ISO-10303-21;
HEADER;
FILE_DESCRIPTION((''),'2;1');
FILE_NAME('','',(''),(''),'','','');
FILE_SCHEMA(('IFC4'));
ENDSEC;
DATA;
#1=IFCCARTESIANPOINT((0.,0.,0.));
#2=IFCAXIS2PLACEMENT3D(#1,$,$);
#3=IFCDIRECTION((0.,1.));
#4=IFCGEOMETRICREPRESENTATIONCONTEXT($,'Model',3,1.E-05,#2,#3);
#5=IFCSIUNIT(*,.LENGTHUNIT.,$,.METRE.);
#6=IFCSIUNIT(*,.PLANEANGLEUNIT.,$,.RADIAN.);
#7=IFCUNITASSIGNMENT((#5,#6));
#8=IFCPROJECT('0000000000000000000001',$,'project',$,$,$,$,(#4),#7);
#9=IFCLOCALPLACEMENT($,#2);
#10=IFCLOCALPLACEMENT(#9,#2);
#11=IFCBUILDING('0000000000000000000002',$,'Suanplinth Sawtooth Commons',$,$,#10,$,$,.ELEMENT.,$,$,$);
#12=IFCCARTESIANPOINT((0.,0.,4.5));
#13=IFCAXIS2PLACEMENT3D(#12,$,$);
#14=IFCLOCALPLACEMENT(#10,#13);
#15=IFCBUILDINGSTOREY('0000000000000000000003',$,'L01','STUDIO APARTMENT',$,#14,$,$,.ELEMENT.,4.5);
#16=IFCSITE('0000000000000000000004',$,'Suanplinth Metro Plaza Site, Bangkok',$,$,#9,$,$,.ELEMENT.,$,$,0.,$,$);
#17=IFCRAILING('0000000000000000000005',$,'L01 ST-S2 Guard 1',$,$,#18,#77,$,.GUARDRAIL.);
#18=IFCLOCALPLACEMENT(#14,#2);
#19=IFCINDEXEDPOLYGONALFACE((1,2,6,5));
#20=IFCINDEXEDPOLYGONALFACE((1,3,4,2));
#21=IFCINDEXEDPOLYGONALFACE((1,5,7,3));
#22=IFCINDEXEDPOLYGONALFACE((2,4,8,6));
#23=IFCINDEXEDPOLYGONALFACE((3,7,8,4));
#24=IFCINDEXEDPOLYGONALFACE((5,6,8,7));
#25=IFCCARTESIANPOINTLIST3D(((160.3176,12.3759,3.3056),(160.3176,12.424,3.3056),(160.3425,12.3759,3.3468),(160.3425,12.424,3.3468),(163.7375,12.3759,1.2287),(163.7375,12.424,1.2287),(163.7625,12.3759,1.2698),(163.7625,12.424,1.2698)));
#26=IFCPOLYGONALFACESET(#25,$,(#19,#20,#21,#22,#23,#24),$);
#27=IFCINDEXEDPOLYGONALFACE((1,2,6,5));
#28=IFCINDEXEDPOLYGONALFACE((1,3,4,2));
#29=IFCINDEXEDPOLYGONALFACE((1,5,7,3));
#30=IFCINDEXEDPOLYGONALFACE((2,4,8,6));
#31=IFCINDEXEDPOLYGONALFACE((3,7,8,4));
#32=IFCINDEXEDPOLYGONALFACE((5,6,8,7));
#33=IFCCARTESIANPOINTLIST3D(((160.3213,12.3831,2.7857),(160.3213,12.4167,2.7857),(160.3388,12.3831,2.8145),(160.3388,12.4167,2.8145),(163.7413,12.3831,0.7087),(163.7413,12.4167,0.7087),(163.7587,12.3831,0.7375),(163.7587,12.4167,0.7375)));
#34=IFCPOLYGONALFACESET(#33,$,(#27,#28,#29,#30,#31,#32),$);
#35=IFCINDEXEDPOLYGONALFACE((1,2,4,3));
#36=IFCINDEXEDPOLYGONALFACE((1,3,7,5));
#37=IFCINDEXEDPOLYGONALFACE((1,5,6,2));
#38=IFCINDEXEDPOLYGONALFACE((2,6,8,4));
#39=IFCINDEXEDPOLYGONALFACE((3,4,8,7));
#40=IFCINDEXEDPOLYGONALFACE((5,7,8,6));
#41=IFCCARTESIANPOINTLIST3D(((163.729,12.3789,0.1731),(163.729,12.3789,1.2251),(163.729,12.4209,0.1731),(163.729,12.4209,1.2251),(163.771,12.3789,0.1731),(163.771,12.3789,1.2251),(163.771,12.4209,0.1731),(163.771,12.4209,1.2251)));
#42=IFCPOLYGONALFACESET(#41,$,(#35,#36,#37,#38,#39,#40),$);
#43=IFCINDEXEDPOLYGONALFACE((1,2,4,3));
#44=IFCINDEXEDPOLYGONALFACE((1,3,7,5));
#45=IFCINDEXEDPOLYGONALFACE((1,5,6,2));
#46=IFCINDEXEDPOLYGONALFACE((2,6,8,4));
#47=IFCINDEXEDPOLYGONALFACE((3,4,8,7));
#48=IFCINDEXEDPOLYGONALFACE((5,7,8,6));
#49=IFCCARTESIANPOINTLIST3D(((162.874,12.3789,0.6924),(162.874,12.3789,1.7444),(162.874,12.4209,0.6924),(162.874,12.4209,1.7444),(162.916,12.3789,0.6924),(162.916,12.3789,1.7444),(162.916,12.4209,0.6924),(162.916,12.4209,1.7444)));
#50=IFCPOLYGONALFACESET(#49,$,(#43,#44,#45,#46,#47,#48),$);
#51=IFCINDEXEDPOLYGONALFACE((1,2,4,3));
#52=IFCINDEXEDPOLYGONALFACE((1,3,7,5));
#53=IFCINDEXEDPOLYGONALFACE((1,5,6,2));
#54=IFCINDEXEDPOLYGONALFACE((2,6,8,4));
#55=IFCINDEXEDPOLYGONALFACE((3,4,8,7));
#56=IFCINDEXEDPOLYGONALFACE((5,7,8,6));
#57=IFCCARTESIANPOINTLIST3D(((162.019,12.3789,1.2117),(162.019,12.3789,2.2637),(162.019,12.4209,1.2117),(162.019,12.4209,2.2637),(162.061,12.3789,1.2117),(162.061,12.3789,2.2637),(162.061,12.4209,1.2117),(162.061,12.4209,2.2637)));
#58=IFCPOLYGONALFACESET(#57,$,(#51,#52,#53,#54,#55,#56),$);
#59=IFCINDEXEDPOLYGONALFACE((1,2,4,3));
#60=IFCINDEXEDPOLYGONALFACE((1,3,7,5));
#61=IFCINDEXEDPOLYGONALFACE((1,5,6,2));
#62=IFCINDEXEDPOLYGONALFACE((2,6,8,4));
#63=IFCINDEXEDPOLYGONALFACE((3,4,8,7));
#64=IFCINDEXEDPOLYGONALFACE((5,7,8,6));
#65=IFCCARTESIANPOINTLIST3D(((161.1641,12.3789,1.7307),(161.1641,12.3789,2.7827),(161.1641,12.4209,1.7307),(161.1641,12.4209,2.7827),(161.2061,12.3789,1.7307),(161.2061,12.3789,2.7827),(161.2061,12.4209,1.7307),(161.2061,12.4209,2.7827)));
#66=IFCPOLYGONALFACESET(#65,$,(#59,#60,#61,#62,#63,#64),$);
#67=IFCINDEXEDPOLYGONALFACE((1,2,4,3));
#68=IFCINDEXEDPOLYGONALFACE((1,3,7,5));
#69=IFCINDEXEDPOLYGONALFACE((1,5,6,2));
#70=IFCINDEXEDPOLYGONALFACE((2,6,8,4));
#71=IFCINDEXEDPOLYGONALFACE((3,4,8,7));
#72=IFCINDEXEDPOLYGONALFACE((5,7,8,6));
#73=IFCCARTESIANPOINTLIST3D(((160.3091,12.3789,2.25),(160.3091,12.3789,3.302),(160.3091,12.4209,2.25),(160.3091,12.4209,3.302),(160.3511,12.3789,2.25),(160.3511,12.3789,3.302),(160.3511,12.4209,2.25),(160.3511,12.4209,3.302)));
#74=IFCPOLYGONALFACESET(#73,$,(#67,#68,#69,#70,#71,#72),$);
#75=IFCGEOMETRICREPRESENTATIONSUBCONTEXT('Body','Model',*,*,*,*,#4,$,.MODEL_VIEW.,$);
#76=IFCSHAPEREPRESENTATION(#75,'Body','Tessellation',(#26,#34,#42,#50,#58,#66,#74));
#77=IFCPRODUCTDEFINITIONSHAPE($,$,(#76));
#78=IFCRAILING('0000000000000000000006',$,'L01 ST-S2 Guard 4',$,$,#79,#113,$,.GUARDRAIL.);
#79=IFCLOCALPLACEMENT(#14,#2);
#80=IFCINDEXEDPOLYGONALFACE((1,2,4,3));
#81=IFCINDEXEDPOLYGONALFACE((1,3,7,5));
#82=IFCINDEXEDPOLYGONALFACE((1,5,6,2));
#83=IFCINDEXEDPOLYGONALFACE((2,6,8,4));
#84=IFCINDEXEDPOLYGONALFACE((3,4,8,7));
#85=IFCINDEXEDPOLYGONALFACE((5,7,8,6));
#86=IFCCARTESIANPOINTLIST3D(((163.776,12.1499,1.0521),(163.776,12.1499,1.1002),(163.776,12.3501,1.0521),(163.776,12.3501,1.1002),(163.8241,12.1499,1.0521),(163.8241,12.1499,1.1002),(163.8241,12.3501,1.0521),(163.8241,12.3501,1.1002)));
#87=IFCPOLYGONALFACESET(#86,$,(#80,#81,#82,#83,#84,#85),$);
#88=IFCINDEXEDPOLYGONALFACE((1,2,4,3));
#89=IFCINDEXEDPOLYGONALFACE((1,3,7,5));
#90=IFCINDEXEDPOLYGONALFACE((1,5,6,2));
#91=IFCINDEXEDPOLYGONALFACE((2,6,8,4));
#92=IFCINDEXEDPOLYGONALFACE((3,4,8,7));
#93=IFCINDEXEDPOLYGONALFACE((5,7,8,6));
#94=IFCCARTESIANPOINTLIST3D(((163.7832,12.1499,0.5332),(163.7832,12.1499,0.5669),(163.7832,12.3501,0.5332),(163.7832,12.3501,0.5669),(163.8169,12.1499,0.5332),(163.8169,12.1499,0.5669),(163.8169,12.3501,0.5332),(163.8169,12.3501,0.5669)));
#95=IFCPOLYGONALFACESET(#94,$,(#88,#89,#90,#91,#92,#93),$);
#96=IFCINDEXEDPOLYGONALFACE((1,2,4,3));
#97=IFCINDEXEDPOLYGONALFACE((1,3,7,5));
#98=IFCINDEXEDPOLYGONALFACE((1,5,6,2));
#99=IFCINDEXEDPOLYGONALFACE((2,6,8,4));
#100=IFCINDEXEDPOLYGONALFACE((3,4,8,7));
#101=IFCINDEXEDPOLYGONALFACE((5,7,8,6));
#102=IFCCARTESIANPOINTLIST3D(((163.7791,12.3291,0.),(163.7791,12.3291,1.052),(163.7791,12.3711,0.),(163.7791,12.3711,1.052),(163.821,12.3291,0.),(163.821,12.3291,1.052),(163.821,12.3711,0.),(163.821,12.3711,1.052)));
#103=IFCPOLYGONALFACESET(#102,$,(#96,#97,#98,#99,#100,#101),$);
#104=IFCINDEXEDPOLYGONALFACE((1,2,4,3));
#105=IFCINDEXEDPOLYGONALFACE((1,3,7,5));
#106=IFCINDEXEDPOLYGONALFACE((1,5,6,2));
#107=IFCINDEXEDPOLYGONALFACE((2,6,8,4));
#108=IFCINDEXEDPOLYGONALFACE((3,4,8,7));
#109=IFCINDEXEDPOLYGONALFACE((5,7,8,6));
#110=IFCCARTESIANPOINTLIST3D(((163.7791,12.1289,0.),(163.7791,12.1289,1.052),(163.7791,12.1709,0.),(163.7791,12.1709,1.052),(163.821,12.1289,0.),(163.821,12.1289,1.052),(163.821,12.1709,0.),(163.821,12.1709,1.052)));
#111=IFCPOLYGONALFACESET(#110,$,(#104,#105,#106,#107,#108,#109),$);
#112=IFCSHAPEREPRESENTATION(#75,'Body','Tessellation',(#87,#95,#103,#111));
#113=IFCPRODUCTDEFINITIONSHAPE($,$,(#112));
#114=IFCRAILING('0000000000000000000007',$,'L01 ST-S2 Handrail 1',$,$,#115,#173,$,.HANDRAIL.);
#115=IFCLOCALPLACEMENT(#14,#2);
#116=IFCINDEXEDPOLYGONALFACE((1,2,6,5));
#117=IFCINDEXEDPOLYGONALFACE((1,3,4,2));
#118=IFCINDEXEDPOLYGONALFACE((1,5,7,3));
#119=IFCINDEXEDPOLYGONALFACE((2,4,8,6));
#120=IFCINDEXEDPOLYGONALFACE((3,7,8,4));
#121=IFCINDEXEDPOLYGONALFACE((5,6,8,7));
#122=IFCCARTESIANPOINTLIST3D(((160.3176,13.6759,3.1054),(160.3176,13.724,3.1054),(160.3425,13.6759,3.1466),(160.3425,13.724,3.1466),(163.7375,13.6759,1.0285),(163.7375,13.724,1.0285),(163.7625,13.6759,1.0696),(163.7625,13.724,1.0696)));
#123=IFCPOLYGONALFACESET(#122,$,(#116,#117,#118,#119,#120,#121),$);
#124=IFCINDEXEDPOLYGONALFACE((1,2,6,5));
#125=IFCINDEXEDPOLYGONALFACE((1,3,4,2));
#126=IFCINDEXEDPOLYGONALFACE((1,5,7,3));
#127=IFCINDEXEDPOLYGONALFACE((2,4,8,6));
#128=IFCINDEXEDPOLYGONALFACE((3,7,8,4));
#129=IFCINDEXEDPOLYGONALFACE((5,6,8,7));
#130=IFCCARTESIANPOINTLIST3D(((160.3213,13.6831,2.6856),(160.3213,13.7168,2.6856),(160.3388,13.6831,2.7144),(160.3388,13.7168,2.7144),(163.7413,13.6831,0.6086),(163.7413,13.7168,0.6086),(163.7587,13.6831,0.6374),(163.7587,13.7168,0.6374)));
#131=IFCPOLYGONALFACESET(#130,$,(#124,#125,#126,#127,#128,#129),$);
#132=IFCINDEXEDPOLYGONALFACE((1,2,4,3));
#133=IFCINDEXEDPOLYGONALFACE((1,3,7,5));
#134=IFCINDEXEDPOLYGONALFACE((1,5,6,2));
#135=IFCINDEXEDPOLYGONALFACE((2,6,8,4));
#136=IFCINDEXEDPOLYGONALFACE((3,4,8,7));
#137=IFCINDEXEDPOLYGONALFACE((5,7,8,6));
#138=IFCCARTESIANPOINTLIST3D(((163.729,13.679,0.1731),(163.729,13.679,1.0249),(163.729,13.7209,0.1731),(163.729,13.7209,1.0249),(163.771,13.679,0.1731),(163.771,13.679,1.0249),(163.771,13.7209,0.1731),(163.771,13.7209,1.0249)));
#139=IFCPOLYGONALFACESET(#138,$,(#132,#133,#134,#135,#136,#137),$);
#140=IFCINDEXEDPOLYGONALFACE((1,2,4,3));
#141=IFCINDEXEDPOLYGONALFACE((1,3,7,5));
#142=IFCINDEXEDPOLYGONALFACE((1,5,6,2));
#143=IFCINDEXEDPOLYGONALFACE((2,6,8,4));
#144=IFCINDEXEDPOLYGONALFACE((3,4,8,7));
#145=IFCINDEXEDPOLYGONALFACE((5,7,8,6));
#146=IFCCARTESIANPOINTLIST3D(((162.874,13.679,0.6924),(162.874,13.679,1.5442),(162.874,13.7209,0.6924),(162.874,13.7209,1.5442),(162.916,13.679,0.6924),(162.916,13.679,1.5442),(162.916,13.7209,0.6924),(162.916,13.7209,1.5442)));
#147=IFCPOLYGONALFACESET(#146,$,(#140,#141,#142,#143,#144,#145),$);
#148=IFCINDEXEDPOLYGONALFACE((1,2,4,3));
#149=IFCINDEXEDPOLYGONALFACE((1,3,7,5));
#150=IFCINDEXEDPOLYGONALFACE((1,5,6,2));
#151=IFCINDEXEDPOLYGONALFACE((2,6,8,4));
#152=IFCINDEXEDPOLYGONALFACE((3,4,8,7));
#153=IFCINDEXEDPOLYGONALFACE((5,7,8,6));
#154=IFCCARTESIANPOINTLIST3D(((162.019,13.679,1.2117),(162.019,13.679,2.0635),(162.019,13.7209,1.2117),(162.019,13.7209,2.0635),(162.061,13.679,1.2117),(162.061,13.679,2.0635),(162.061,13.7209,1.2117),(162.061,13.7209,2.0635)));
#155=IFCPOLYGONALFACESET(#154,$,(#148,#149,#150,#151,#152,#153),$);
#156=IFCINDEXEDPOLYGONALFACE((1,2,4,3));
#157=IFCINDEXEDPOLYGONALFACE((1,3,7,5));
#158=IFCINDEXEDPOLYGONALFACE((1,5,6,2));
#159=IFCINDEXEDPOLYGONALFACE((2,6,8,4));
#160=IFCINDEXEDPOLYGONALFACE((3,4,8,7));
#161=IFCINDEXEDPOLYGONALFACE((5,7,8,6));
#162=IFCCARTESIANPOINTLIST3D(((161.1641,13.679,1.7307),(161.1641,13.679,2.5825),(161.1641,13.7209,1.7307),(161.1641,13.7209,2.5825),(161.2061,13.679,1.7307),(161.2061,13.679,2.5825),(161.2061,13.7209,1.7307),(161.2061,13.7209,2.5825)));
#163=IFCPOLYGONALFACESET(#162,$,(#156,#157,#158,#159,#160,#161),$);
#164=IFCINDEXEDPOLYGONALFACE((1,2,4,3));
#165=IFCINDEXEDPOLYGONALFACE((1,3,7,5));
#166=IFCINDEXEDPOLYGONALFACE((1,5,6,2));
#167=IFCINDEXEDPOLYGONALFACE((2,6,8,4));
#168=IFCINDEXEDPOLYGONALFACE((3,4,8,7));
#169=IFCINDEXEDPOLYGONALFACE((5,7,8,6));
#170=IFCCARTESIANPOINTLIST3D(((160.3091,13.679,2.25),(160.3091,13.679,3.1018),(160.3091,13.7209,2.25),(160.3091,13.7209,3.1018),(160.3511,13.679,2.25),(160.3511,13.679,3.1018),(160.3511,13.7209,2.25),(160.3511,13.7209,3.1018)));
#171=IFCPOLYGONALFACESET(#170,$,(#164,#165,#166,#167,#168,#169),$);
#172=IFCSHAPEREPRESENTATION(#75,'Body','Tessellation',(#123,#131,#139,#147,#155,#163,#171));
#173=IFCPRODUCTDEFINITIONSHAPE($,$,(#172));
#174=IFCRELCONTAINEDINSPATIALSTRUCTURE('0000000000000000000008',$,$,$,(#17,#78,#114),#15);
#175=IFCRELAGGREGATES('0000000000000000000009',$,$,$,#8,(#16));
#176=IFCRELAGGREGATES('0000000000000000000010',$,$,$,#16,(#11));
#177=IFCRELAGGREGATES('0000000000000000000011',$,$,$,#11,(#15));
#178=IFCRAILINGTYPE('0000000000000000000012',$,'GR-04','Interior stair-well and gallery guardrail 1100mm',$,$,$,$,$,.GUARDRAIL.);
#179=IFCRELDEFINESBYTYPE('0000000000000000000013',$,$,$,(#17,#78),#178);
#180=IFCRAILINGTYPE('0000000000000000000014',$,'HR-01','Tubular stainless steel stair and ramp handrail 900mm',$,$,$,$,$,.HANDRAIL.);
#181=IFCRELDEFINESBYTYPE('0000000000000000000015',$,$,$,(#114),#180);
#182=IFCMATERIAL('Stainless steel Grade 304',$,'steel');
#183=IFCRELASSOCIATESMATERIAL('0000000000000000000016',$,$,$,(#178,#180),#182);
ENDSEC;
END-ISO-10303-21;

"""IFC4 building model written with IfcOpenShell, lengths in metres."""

from ifc_helpers import new_model, si_unit, direction, frame, origin, origin_2d, place, context, subcontext, project, spatial, rectangle, extrude, material, type_object, element, save


model = new_model("IFC4")

# Units and contexts
model_context = context("Model", 3, precision=1e-05, world=origin(), true_north=direction((0.0, 1.0)))
body_context = subcontext(model_context, "Body", "Model", "MODEL_VIEW")
ifc_project = project(units=[si_unit("LENGTHUNIT", "METRE"), si_unit("PLANEANGLEUNIT", "RADIAN")], contexts=[model_context])

# Site, building, storey
site_placement = place(None, origin())
site = spatial("IfcSite", under=ifc_project, at=site_placement, Name="Suanplinth Metro Plaza Site, Bangkok", CompositionType="ELEMENT", RefElevation=0.0)
building_placement = place(site_placement, origin())
building = spatial("IfcBuilding", under=site, at=building_placement, Name="Suanplinth Sawtooth Commons", CompositionType="ELEMENT")
storey_placement = place(building_placement, frame((0.0, 0.0, 4.5)))
storey = spatial("IfcBuildingStorey", under=building, at=storey_placement, Name="L01", Description="STUDIO APARTMENT", CompositionType="ELEMENT", Elevation=4.5)

# Railings
ifc_material_1 = material(Name="Stainless steel Grade 304", Category="steel")
railing_type_1 = type_object("IfcRailingType", Name="GR-04", Description="Interior stair-well and gallery guardrail 1100mm", PredefinedType="GUARDRAIL", material=ifc_material_1)
railing_1_placement = place(storey_placement, frame((163.75, 12.3999, 0.1731)))
element("IfcRailing", 1, at=railing_1_placement, inside=storey, type_object=railing_type_1, Name="L01 ST-S2 Guard 1", PredefinedType="GUARDRAIL", context=body_context, shape_type="SweptSolid", body=[
    extrude(rectangle(XDim=0.0481, YDim=0.0481, at=origin_2d()), frame((0.0, 0.0, 1.0762), z_axis=(-0.85473, 0.0, 0.519074), x_axis=(0.0, -1.0, 0.0)), (0.0, 0.0, 1.0), 4.0012),
    extrude(rectangle(XDim=0.0337, YDim=0.0337, at=origin_2d()), frame((0.0, 0.0, 0.55), z_axis=(-0.85473, 0.0, 0.519074), x_axis=(0.0, -1.0, 0.0)), (0.0, 0.0, 1.0), 4.0012),
    extrude(rectangle(XDim=0.042, YDim=0.042, at=origin_2d()), origin(), (0.0, 0.0, 1.0), 1.052),
    extrude(rectangle(XDim=0.042, YDim=0.042, at=origin_2d()), frame((-0.855, 0.0, 0.5193)), (0.0, 0.0, 1.0), 1.052),
    extrude(rectangle(XDim=0.042, YDim=0.042, at=origin_2d()), frame((-1.71, 0.0, 1.0386)), (0.0, 0.0, 1.0), 1.052),
    extrude(rectangle(XDim=0.042, YDim=0.042, at=origin_2d()), frame((-2.5649, 0.0, 1.5576)), (0.0, 0.0, 1.0), 1.052),
    extrude(rectangle(XDim=0.042, YDim=0.042, at=origin_2d()), frame((-3.4199, 0.0, 2.0769)), (0.0, 0.0, 1.0), 1.052),
])
railing_2_placement = place(storey_placement, frame((163.8, 12.3501, 0.0)))
element("IfcRailing", 2, at=railing_2_placement, inside=storey, type_object=railing_type_1, Name="L01 ST-S2 Guard 4", PredefinedType="GUARDRAIL", context=body_context, shape_type="SweptSolid", body=[
    extrude(rectangle(XDim=0.0481, YDim=0.0481, at=origin_2d()), frame((0.0, 0.0, 1.0762), z_axis=(0.0, -1.0, 0.0), x_axis=(1.0, 0.0, 0.0)), (0.0, 0.0, 1.0), 0.2002),
    extrude(rectangle(XDim=0.0337, YDim=0.0337, at=origin_2d()), frame((0.0, 0.0, 0.55), z_axis=(0.0, -1.0, 0.0), x_axis=(1.0, 0.0, 0.0)), (0.0, 0.0, 1.0), 0.2002),
    extrude(rectangle(XDim=0.042, YDim=0.042, at=origin_2d()), origin(), (0.0, 0.0, 1.0), 1.052),
    extrude(rectangle(XDim=0.042, YDim=0.042, at=origin_2d()), frame((0.0, -0.2002, 0.0)), (0.0, 0.0, 1.0), 1.052),
])
railing_type_2 = type_object("IfcRailingType", Name="HR-01", Description="Tubular stainless steel stair and ramp handrail 900mm", PredefinedType="HANDRAIL", material=ifc_material_1)
railing_3_placement = place(storey_placement, frame((163.75, 13.7, 0.1731)))
element("IfcRailing", 3, at=railing_3_placement, inside=storey, type_object=railing_type_2, Name="L01 ST-S2 Handrail 1", PredefinedType="HANDRAIL", context=body_context, shape_type="SweptSolid", body=[
    extrude(rectangle(XDim=0.0481, YDim=0.0481, at=origin_2d()), frame((0.0, 0.0, 0.876), z_axis=(-0.85473, 0.0, 0.519074), x_axis=(0.0, -1.0, 0.0)), (0.0, 0.0, 1.0), 4.0012),
    extrude(rectangle(XDim=0.0337, YDim=0.0337, at=origin_2d()), frame((0.0, 0.0, 0.45), z_axis=(-0.85473, 0.0, 0.519074), x_axis=(0.0, -1.0, 0.0)), (0.0, 0.0, 1.0), 4.0012),
    extrude(rectangle(XDim=0.042, YDim=0.042, at=origin_2d()), origin(), (0.0, 0.0, 1.0), 0.8518),
    extrude(rectangle(XDim=0.042, YDim=0.042, at=origin_2d()), frame((-0.855, 0.0, 0.5193)), (0.0, 0.0, 1.0), 0.8518),
    extrude(rectangle(XDim=0.042, YDim=0.042, at=origin_2d()), frame((-1.71, 0.0, 1.0386)), (0.0, 0.0, 1.0), 0.8518),
    extrude(rectangle(XDim=0.042, YDim=0.042, at=origin_2d()), frame((-2.5649, 0.0, 1.5576)), (0.0, 0.0, 1.0), 0.8518),
    extrude(rectangle(XDim=0.042, YDim=0.042, at=origin_2d()), frame((-3.4199, 0.0, 2.0769)), (0.0, 0.0, 1.0), 0.8518),
])

save(model, "model.ifc")
